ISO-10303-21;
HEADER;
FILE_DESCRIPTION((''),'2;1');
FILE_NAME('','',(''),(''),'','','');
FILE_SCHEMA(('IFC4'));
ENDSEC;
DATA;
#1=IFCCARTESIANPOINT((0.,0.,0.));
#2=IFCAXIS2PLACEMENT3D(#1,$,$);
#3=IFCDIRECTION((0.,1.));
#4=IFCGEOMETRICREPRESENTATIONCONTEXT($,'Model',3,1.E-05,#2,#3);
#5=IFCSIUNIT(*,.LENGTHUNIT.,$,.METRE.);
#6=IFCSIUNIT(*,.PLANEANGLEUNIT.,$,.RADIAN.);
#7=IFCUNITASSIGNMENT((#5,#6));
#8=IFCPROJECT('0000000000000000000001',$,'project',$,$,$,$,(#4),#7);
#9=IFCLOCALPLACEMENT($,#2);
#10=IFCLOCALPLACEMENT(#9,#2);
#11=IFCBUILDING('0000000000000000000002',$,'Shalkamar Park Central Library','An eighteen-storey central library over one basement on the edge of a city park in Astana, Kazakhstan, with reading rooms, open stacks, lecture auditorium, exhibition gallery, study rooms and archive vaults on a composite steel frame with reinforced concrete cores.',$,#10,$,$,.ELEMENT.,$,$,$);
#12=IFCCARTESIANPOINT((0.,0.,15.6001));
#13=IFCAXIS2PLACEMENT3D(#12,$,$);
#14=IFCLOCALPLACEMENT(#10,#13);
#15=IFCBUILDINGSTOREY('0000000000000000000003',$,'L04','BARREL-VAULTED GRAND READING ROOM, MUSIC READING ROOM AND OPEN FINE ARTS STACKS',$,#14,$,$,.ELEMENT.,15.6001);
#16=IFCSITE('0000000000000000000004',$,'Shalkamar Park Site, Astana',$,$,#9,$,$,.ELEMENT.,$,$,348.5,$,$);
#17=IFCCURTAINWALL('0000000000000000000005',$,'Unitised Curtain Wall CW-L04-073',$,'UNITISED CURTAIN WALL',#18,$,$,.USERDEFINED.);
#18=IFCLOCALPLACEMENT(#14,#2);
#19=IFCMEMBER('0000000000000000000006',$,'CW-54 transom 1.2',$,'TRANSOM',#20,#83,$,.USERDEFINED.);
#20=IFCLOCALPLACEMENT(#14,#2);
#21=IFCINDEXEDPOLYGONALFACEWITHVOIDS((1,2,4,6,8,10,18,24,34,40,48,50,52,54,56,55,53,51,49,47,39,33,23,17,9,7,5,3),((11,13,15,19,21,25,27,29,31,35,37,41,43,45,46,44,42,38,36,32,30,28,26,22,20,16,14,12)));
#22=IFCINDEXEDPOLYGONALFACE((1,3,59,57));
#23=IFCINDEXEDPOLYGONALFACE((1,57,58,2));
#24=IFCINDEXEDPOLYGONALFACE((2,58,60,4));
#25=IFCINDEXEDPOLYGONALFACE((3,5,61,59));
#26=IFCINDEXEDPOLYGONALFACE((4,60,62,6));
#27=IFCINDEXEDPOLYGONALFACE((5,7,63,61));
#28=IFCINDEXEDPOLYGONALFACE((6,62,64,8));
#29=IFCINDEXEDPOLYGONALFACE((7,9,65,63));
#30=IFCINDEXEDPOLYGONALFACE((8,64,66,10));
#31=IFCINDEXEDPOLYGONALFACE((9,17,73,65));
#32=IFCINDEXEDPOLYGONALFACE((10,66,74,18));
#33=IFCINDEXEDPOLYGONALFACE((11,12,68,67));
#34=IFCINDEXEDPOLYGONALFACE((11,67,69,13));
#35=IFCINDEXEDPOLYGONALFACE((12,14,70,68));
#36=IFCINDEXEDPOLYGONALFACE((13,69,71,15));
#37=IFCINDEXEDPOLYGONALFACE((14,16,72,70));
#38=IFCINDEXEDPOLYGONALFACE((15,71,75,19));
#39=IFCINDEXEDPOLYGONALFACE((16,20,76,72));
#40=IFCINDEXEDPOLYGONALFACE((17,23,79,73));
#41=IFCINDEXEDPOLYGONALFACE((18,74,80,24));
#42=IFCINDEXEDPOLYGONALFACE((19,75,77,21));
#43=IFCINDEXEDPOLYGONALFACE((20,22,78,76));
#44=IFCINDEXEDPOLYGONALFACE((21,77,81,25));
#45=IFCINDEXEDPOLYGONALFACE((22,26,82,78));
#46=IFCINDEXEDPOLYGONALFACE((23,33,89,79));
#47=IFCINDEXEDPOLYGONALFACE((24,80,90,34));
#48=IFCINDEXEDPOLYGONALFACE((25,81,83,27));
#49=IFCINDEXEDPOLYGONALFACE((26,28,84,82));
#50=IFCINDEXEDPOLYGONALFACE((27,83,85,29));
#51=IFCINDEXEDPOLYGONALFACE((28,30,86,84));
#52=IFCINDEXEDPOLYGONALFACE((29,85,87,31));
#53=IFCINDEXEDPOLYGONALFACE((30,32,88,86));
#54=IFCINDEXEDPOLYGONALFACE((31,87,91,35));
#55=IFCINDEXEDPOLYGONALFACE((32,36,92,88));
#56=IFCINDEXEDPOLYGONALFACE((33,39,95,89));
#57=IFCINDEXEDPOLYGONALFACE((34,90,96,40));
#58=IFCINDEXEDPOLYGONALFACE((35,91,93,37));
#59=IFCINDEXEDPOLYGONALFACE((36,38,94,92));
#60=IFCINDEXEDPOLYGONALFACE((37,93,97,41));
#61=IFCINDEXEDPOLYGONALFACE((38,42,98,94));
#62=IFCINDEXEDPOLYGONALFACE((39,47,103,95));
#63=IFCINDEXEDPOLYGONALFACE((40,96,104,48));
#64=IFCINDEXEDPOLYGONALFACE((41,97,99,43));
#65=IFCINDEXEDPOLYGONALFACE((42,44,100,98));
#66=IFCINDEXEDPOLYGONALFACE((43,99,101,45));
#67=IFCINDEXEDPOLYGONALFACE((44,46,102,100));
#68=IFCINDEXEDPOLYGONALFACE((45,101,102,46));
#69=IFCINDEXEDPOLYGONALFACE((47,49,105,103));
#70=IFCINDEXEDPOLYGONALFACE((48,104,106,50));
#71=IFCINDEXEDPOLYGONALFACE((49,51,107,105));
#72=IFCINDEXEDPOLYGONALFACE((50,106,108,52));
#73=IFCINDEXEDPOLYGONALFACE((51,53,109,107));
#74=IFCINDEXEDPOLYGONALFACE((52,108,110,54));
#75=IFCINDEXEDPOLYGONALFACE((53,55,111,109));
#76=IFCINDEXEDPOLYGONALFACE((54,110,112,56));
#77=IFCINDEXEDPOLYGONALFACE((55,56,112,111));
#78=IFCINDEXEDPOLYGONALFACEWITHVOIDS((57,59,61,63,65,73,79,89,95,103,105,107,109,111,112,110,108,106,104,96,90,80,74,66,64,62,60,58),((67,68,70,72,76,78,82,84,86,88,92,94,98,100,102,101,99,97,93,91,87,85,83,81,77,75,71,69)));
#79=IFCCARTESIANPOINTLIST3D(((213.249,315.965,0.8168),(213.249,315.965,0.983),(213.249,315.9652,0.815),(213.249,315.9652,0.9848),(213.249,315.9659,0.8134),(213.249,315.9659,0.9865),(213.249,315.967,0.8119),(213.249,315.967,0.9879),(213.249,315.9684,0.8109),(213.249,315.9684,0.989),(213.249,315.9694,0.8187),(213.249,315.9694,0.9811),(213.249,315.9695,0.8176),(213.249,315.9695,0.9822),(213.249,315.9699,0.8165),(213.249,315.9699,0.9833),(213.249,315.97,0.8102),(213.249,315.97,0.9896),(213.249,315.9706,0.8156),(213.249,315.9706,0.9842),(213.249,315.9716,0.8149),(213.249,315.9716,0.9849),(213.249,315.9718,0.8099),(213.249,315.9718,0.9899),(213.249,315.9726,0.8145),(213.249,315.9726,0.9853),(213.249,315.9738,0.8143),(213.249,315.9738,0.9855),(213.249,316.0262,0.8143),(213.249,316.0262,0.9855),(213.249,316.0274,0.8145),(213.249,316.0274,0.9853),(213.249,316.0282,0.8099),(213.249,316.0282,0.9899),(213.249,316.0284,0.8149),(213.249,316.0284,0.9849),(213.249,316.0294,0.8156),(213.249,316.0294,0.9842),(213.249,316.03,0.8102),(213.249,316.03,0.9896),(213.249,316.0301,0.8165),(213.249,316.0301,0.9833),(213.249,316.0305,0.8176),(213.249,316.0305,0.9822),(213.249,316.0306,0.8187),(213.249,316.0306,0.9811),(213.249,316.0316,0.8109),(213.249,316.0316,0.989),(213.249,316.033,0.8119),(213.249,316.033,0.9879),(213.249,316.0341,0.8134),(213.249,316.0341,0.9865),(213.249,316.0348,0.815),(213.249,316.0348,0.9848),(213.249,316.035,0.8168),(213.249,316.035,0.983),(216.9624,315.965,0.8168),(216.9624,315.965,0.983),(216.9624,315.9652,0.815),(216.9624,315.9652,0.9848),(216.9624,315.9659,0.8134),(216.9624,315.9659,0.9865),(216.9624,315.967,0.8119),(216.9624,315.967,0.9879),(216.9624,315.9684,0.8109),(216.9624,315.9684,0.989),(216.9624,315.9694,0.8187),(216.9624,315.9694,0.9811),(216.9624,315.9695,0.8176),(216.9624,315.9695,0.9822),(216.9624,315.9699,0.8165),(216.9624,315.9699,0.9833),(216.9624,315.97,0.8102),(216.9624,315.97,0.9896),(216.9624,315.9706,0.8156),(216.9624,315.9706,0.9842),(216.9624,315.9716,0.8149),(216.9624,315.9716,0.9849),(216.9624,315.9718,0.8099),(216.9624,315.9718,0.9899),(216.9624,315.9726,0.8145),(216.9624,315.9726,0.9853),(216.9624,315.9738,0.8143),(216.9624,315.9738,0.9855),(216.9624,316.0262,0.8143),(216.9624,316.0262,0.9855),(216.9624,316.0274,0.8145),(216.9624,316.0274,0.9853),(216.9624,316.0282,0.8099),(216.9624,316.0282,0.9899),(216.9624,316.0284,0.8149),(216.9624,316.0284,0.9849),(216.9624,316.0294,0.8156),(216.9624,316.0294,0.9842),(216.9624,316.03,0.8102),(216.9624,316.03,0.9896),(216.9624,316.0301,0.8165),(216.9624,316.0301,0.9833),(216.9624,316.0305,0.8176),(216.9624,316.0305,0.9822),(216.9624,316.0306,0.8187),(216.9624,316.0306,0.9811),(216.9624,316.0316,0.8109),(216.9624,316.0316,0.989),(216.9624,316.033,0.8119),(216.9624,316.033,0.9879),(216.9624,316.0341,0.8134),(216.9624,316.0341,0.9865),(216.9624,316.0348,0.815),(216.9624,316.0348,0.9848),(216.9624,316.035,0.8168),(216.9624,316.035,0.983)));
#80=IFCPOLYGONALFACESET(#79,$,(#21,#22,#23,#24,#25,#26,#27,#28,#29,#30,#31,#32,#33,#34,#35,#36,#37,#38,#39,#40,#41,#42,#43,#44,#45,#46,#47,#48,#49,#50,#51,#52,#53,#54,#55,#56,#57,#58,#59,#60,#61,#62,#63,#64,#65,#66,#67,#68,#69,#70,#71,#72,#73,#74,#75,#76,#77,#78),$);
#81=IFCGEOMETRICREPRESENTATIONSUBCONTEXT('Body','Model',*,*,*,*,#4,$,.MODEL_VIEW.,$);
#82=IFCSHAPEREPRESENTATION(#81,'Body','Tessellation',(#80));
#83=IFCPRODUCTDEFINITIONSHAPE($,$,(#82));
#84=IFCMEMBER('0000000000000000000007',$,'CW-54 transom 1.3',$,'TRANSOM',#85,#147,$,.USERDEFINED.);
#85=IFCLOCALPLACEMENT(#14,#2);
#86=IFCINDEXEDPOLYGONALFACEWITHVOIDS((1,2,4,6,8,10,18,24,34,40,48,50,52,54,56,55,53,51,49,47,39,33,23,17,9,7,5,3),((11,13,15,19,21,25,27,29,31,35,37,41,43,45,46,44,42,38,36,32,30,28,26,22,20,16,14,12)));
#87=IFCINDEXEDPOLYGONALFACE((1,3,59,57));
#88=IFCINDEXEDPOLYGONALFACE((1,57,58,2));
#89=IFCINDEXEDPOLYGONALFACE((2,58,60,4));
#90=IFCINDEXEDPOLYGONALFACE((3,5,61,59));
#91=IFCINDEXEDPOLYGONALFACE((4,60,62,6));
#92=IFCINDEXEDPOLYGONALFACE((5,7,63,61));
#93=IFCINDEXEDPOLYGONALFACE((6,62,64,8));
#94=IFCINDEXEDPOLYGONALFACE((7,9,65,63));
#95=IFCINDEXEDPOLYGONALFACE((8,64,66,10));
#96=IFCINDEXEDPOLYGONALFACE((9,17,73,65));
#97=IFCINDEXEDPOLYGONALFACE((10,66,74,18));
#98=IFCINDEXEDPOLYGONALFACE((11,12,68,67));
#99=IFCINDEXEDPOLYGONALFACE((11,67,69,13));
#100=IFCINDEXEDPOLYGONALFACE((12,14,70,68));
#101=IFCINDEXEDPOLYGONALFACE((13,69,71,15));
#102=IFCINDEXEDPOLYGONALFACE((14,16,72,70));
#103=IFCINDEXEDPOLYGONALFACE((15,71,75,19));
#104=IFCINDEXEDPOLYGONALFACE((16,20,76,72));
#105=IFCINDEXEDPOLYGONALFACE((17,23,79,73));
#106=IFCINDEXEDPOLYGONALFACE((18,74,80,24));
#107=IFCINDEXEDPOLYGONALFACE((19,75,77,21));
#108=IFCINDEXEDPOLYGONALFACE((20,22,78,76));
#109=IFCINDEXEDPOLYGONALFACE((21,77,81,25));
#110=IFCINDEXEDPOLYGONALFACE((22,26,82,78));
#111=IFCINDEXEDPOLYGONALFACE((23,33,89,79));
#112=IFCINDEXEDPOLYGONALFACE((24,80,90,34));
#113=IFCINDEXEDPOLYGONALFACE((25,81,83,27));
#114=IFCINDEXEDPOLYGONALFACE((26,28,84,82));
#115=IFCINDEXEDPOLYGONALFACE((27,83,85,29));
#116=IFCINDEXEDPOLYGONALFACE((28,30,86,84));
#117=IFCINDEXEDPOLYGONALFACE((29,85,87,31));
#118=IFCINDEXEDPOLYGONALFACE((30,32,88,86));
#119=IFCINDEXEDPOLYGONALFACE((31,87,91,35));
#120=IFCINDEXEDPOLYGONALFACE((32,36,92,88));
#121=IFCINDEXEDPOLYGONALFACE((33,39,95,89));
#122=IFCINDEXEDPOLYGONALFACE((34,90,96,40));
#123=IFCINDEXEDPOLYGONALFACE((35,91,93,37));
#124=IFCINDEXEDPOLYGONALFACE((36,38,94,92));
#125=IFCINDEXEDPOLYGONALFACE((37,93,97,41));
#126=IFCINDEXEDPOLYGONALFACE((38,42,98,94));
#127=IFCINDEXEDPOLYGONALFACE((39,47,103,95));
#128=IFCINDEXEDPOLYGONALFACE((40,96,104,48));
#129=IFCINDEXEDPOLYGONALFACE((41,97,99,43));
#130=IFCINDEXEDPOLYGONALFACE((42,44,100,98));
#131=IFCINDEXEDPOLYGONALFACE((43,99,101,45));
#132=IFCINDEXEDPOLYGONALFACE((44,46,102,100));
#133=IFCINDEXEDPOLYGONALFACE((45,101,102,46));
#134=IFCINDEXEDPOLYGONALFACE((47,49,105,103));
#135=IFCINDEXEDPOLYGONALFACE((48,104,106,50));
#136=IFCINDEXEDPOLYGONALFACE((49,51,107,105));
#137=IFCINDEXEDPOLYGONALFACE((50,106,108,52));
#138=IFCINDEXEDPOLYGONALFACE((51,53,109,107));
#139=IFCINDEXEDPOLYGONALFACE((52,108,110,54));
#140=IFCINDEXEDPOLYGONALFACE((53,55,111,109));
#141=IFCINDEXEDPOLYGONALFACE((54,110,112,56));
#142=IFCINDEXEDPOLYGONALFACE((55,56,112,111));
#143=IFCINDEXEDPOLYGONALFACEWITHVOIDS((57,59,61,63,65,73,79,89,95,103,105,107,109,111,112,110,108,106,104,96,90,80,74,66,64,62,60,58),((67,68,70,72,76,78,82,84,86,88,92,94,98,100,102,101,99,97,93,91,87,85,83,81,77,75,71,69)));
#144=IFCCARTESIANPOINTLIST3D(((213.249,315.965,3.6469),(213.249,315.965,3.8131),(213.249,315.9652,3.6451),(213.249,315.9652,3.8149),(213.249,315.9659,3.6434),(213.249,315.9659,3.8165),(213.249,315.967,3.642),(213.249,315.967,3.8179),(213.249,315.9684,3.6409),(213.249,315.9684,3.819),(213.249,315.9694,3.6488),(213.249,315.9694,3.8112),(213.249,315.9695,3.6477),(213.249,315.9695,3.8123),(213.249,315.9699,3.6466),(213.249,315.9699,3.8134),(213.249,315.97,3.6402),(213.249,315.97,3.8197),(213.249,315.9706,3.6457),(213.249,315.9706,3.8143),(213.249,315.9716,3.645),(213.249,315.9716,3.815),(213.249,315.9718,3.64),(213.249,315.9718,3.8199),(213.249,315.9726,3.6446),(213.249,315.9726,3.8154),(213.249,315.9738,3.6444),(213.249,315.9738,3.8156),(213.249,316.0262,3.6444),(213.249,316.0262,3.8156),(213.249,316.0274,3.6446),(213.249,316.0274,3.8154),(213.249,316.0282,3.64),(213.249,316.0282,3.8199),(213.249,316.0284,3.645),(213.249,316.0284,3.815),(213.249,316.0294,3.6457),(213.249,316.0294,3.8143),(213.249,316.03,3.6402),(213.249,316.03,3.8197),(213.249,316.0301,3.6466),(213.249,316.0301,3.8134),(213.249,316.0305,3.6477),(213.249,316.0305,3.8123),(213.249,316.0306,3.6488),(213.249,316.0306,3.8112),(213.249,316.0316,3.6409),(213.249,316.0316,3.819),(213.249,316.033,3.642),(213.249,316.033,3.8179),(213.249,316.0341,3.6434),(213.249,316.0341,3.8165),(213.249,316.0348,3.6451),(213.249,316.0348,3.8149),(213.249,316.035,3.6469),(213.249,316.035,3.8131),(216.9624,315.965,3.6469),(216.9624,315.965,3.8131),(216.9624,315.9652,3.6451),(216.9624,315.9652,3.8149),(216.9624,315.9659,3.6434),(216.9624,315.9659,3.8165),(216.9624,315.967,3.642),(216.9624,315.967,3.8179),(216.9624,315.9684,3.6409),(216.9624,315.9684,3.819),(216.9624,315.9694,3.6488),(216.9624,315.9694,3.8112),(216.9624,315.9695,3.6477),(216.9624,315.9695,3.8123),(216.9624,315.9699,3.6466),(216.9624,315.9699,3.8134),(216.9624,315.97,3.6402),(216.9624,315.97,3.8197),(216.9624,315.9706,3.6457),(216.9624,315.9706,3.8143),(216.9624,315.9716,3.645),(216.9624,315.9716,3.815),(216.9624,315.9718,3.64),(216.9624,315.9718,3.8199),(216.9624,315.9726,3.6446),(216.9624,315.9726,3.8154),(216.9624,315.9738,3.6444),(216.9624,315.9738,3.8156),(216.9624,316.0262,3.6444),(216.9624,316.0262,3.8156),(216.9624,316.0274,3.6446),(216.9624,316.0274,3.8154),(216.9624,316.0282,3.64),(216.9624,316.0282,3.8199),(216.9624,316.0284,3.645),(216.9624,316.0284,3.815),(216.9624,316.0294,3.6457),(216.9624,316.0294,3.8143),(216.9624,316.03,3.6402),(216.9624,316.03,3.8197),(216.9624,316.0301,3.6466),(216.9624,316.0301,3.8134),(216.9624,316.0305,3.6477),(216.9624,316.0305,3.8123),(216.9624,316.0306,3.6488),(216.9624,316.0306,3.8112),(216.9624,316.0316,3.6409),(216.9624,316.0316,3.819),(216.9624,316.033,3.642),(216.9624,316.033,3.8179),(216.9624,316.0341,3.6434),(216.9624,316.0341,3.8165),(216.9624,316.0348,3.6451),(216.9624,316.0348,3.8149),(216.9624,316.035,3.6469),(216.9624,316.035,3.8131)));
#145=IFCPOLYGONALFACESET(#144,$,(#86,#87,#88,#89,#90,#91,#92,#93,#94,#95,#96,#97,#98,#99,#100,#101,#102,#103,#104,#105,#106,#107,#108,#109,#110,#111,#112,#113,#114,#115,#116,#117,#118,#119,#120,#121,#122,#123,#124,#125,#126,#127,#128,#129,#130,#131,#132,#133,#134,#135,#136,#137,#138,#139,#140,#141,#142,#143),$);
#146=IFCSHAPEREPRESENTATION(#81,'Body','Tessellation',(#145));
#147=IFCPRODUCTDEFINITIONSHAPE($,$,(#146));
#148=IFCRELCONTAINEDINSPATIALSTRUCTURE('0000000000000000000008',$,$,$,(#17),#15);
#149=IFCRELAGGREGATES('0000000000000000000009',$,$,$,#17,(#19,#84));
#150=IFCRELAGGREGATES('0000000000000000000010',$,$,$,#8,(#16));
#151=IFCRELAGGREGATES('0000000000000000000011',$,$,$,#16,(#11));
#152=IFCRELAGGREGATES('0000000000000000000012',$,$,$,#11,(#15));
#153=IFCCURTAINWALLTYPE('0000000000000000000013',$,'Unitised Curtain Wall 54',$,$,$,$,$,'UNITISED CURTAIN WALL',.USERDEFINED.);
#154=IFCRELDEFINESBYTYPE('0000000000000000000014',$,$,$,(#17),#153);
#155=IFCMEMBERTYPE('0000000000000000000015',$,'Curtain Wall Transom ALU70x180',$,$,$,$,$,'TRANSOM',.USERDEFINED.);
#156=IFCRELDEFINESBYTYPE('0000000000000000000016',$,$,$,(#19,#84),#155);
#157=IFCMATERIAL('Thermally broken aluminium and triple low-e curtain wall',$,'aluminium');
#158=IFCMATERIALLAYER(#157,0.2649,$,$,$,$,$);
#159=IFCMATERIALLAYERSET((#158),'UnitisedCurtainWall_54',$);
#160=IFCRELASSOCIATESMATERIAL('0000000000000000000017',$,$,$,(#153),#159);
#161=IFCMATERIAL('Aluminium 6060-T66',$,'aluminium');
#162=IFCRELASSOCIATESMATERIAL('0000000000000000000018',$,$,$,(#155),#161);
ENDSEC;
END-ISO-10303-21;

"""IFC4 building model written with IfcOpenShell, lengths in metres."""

from ifc_helpers import new_model, si_unit, direction, frame, origin, origin_2d, place, context, subcontext, project, spatial, hollow_rectangle, extrude, material, layer, layer_set, material_profile, profile_set, type_object, element, aggregate, save


model = new_model("IFC4")

# Units and contexts
model_context = context("Model", 3, precision=1e-05, world=origin(), true_north=direction((0.0, 1.0)))
body_context = subcontext(model_context, "Body", "Model", "MODEL_VIEW")
ifc_project = project(units=[si_unit("LENGTHUNIT", "METRE"), si_unit("PLANEANGLEUNIT", "RADIAN")], contexts=[model_context])

# Site, building, storey
site_placement = place(None, origin())
site = spatial("IfcSite", under=ifc_project, at=site_placement, Name="Shalkamar Park Site, Astana", CompositionType="ELEMENT", RefElevation=348.5)
building_placement = place(site_placement, origin())
building = spatial("IfcBuilding", under=site, at=building_placement, Name="Shalkamar Park Central Library", Description="An eighteen-storey central library over one basement on the edge of a city park in Astana, Kazakhstan, with reading rooms, open stacks, lecture auditorium, exhibition gallery, study rooms and archive vaults on a composite steel frame with reinforced concrete cores.", CompositionType="ELEMENT")
storey_placement = place(building_placement, frame((0.0, 0.0, 15.6001)))
storey = spatial("IfcBuildingStorey", under=building, at=storey_placement, Name="L04", Description="BARREL-VAULTED GRAND READING ROOM, MUSIC READING ROOM AND OPEN FINE ARTS STACKS", CompositionType="ELEMENT", Elevation=15.6001)

# Curtain wall
ifc_material_1 = material(Name="Thermally broken aluminium and triple low-e curtain wall", Category="aluminium")
ifc_material_2 = material(Name="Aluminium 6060-T66", Category="aluminium")
ifc_layer_1 = layer(ifc_material_1, 0.2649)
ifc_layer_set_1 = layer_set([ifc_layer_1], Name="UnitisedCurtainWall_54")
curtain_wall_type_1 = type_object("IfcCurtainWallType", Name="Unitised Curtain Wall 54", ElementType="UNITISED CURTAIN WALL", PredefinedType="USERDEFINED", material=ifc_layer_set_1)
curtain_wall_1_placement = place(storey_placement, origin())
curtain_wall_1 = element("IfcCurtainWall", 1, at=curtain_wall_1_placement, inside=storey, type_object=curtain_wall_type_1, Name="Unitised Curtain Wall CW-L04-073", ObjectType="UNITISED CURTAIN WALL", PredefinedType="USERDEFINED")

# Members
ifc_material_profile_1 = material_profile(ifc_material_2, hollow_rectangle(XDim=0.0701, YDim=0.1799, WallThickness=0.0044, InnerFilletRadius=0.0044, OuterFilletRadius=0.0068, at=origin_2d()), Name="ALU 70x180x4.5")
ifc_profile_set_1 = profile_set([ifc_material_profile_1], Name="Aluminium 6060-T66")
member_type_1 = type_object("IfcMemberType", Name="Curtain Wall Transom ALU70x180", ElementType="TRANSOM", PredefinedType="USERDEFINED", material=ifc_profile_set_1)
member_1_placement = place(storey_placement, frame((213.249, 316.0, 0.8999), z_axis=(1.0, 0.0, 0.0), x_axis=(0.0, 1.0, 0.0)))
member_1 = element("IfcMember", 2, at=member_1_placement, type_object=member_type_1, Name="CW-54 transom 1.2", ObjectType="TRANSOM", PredefinedType="USERDEFINED", context=body_context, shape_type="SweptSolid", body=[
    extrude(hollow_rectangle(XDim=0.0701, YDim=0.1799, WallThickness=0.0044, InnerFilletRadius=0.0044, OuterFilletRadius=0.0068, at=origin_2d()), origin(), (0.0, 0.0, 1.0), 3.7134),
])
member_2_placement = place(storey_placement, frame((213.249, 316.0, 3.73), z_axis=(1.0, 0.0, 0.0), x_axis=(0.0, 1.0, 0.0)))
member_2 = element("IfcMember", 3, at=member_2_placement, type_object=member_type_1, Name="CW-54 transom 1.3", ObjectType="TRANSOM", PredefinedType="USERDEFINED", context=body_context, shape_type="SweptSolid", body=[
    extrude(hollow_rectangle(XDim=0.0701, YDim=0.1799, WallThickness=0.0044, InnerFilletRadius=0.0044, OuterFilletRadius=0.0068, at=origin_2d()), origin(), (0.0, 0.0, 1.0), 3.7134),
])

aggregate(curtain_wall_1, [member_1, member_2])

save(model, "model.ifc")
